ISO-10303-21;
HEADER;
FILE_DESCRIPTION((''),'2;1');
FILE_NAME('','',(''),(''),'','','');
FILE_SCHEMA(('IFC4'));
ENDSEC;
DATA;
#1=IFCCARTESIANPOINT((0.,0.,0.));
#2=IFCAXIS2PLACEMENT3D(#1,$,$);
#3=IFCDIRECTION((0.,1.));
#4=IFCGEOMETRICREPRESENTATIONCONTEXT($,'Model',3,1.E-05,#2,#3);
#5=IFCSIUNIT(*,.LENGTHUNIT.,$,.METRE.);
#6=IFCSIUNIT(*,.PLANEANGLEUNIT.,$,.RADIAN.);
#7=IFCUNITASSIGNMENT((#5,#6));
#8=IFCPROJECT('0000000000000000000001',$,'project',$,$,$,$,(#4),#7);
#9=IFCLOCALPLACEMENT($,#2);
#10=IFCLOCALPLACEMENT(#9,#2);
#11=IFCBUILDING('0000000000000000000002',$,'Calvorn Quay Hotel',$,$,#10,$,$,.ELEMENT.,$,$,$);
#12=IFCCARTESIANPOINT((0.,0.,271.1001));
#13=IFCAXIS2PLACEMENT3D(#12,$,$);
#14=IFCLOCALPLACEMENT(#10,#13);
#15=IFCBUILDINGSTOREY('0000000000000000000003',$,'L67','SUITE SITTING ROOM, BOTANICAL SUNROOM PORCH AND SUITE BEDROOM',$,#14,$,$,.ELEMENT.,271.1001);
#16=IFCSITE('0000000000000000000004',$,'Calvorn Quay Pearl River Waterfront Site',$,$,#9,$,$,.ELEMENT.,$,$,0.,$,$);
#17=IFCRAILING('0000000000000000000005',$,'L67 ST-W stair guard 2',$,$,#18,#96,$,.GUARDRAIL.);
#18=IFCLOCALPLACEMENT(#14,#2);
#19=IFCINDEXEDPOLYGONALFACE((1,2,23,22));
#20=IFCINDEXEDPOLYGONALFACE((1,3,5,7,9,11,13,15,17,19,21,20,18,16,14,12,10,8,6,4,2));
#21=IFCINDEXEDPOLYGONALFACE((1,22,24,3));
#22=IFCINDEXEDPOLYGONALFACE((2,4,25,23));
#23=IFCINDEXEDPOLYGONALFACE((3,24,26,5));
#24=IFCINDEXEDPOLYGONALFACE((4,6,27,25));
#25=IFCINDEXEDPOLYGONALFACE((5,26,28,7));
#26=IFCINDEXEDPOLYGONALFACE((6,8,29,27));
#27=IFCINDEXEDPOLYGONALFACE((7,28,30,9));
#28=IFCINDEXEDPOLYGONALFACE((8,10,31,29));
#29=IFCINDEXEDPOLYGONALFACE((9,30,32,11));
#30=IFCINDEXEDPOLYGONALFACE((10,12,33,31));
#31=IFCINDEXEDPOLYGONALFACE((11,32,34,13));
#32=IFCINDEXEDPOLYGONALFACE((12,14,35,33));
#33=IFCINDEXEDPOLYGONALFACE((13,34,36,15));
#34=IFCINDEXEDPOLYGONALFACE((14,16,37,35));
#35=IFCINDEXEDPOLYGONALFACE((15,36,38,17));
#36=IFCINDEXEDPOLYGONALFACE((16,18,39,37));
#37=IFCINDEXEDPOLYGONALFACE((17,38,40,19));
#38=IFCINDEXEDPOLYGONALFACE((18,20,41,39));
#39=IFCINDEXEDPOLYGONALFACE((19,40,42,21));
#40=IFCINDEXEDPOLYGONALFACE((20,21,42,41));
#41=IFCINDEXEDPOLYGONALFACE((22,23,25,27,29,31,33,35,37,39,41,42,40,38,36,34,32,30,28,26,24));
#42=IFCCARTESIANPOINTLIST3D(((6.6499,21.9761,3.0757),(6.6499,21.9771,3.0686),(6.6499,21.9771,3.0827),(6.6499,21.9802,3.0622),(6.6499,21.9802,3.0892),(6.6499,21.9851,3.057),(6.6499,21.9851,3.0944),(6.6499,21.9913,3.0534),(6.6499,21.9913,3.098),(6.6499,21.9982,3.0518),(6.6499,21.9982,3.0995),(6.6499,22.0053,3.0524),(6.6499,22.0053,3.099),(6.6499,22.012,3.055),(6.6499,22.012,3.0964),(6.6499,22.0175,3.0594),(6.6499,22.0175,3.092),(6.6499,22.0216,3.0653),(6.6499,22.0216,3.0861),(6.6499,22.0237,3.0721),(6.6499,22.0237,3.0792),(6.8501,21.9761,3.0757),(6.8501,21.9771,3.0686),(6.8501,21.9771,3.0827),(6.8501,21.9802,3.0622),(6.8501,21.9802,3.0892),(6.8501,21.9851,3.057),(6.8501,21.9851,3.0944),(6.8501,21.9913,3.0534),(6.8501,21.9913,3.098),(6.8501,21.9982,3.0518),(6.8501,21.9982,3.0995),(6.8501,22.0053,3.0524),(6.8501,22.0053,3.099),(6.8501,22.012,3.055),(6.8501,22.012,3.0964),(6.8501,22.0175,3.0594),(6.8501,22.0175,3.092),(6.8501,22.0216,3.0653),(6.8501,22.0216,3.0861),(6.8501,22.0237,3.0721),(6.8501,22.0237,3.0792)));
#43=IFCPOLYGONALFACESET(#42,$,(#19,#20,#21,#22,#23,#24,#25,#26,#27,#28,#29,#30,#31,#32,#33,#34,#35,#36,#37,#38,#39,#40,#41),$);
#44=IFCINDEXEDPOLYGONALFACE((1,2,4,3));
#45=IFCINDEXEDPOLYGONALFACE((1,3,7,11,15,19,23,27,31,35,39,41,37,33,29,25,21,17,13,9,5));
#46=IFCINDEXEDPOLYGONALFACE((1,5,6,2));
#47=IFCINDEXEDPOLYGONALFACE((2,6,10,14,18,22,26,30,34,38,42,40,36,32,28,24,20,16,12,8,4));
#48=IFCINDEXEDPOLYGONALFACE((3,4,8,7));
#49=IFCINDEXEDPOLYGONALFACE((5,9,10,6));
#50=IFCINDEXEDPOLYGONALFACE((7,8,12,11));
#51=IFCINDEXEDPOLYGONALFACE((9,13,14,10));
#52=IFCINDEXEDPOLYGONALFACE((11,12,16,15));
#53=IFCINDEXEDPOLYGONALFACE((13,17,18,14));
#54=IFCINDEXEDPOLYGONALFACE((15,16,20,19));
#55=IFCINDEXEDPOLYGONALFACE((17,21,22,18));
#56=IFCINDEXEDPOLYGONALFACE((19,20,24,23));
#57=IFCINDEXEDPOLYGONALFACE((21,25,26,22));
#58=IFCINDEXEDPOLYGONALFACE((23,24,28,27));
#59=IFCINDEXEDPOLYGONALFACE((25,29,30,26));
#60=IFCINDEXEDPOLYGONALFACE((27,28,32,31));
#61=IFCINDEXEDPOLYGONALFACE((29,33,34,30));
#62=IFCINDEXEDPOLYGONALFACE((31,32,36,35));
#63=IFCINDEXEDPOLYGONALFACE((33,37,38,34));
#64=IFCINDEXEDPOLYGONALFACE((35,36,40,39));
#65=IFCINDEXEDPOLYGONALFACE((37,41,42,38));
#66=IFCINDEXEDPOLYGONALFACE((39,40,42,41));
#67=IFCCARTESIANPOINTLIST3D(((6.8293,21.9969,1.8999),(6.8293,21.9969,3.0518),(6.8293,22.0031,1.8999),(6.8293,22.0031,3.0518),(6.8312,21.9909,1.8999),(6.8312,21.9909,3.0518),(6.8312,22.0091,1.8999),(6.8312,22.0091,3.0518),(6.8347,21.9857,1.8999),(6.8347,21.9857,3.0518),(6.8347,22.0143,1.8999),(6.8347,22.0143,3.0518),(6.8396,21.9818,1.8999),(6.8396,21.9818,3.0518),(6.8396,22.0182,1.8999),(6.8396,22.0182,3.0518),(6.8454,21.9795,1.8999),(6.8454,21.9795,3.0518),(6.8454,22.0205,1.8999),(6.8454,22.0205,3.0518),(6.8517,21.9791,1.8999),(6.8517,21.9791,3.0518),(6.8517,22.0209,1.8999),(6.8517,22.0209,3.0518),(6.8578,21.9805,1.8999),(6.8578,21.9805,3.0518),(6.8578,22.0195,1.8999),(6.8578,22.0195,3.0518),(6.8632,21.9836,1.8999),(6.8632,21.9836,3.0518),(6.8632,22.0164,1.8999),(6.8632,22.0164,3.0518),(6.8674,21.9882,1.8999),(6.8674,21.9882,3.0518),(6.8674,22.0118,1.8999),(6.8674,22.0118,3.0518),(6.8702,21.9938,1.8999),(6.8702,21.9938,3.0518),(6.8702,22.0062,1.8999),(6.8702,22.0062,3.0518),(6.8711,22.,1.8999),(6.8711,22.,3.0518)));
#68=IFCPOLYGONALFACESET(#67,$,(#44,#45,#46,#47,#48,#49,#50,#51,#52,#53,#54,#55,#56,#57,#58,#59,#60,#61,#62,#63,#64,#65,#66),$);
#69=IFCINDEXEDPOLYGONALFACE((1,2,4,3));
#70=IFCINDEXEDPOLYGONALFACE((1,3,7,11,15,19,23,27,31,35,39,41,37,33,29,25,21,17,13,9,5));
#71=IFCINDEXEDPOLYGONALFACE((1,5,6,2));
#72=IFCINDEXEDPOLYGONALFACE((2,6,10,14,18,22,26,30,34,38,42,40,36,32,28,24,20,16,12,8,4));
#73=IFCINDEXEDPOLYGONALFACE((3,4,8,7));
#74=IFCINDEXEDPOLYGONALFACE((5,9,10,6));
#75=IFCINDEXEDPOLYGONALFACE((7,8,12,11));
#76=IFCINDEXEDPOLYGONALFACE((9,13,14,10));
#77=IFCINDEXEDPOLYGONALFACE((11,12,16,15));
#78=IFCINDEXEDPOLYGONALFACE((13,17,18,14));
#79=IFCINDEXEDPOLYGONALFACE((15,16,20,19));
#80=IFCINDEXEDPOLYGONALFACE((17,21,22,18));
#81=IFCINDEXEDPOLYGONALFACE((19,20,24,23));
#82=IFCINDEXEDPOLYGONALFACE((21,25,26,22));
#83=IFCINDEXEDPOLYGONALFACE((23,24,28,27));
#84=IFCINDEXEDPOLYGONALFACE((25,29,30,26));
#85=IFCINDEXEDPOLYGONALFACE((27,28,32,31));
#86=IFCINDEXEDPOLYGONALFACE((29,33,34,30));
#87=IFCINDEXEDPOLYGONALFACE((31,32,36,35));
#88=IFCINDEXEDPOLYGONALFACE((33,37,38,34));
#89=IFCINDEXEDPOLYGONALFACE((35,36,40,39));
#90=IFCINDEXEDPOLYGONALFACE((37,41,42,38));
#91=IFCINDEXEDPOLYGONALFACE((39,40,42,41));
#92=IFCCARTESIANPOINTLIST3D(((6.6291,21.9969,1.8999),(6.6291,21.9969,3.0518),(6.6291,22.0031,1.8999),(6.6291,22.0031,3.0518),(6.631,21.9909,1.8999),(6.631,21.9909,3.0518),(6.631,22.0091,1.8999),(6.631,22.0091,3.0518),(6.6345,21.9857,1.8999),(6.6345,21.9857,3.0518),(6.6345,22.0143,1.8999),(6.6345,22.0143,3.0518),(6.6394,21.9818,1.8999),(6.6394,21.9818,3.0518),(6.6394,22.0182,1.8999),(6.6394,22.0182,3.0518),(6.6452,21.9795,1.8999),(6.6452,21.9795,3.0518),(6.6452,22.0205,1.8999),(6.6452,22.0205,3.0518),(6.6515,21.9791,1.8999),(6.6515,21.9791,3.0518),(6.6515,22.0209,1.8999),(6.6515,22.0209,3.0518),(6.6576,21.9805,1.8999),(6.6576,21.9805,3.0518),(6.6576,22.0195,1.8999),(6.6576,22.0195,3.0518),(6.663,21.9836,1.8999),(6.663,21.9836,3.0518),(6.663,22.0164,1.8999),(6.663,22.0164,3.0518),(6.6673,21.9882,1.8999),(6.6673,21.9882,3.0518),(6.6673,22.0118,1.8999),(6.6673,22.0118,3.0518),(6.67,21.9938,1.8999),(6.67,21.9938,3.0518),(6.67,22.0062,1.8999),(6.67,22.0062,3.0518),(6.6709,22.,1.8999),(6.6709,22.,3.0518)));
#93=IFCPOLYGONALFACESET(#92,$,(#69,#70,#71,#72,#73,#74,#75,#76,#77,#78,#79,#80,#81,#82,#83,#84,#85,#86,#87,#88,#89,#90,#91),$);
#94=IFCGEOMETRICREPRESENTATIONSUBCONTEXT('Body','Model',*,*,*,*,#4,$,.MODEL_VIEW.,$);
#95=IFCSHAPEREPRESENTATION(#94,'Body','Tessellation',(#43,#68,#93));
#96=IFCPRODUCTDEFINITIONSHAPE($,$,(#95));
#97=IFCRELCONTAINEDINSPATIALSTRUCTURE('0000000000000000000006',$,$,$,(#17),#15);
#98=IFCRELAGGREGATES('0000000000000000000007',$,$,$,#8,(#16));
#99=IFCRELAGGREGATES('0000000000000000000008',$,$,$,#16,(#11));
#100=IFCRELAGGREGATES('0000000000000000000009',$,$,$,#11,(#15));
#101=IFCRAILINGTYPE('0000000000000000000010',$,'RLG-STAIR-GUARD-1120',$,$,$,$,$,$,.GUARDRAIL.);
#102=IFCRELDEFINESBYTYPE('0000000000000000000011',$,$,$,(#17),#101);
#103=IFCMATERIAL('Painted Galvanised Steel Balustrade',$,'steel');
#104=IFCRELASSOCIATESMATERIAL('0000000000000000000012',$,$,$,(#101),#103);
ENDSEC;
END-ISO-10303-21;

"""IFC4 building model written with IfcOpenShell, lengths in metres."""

from ifc_helpers import new_model, si_unit, direction, frame, origin, origin_2d, place, context, subcontext, project, spatial, circle, extrude, material, type_object, element, save


model = new_model("IFC4")

# Units and contexts
model_context = context("Model", 3, precision=1e-05, world=origin(), true_north=direction((0.0, 1.0)))
body_context = subcontext(model_context, "Body", "Model", "MODEL_VIEW")
ifc_project = project(units=[si_unit("LENGTHUNIT", "METRE"), si_unit("PLANEANGLEUNIT", "RADIAN")], contexts=[model_context])

# Site, building, storey
site_placement = place(None, origin())
site = spatial("IfcSite", under=ifc_project, at=site_placement, Name="Calvorn Quay Pearl River Waterfront Site", CompositionType="ELEMENT", RefElevation=0.0)
building_placement = place(site_placement, origin())
building = spatial("IfcBuilding", under=site, at=building_placement, Name="Calvorn Quay Hotel", CompositionType="ELEMENT")
storey_placement = place(building_placement, frame((0.0, 0.0, 271.1001)))
storey = spatial("IfcBuildingStorey", under=building, at=storey_placement, Name="L67", Description="SUITE SITTING ROOM, BOTANICAL SUNROOM PORCH AND SUITE BEDROOM", CompositionType="ELEMENT", Elevation=271.1001)

# Railing
ifc_material_1 = material(Name="Painted Galvanised Steel Balustrade", Category="steel")
railing_type_1 = type_object("IfcRailingType", Name="RLG-STAIR-GUARD-1120", PredefinedType="GUARDRAIL", material=ifc_material_1)
railing_1_placement = place(storey_placement, frame((6.8501, 22.0, 1.8999)))
element("IfcRailing", 1, at=railing_1_placement, inside=storey, type_object=railing_type_1, Name="L67 ST-W stair guard 2", PredefinedType="GUARDRAIL", context=body_context, shape_type="SweptSolid", body=[
    extrude(circle(Radius=0.0239, at=origin_2d()), frame((0.0, 0.0, 1.1758), z_axis=(-1.0, 0.0, 0.0), x_axis=(0.0, -1.0, 0.0)), (0.0, 0.0, 1.0), 0.2002),
    extrude(circle(Radius=0.021, at=origin_2d()), origin(), (0.0, 0.0, 1.0), 1.1519),
    extrude(circle(Radius=0.021, at=origin_2d()), frame((-0.2002, 0.0, 0.0)), (0.0, 0.0, 1.0), 1.1519),
])

save(model, "model.ifc")
